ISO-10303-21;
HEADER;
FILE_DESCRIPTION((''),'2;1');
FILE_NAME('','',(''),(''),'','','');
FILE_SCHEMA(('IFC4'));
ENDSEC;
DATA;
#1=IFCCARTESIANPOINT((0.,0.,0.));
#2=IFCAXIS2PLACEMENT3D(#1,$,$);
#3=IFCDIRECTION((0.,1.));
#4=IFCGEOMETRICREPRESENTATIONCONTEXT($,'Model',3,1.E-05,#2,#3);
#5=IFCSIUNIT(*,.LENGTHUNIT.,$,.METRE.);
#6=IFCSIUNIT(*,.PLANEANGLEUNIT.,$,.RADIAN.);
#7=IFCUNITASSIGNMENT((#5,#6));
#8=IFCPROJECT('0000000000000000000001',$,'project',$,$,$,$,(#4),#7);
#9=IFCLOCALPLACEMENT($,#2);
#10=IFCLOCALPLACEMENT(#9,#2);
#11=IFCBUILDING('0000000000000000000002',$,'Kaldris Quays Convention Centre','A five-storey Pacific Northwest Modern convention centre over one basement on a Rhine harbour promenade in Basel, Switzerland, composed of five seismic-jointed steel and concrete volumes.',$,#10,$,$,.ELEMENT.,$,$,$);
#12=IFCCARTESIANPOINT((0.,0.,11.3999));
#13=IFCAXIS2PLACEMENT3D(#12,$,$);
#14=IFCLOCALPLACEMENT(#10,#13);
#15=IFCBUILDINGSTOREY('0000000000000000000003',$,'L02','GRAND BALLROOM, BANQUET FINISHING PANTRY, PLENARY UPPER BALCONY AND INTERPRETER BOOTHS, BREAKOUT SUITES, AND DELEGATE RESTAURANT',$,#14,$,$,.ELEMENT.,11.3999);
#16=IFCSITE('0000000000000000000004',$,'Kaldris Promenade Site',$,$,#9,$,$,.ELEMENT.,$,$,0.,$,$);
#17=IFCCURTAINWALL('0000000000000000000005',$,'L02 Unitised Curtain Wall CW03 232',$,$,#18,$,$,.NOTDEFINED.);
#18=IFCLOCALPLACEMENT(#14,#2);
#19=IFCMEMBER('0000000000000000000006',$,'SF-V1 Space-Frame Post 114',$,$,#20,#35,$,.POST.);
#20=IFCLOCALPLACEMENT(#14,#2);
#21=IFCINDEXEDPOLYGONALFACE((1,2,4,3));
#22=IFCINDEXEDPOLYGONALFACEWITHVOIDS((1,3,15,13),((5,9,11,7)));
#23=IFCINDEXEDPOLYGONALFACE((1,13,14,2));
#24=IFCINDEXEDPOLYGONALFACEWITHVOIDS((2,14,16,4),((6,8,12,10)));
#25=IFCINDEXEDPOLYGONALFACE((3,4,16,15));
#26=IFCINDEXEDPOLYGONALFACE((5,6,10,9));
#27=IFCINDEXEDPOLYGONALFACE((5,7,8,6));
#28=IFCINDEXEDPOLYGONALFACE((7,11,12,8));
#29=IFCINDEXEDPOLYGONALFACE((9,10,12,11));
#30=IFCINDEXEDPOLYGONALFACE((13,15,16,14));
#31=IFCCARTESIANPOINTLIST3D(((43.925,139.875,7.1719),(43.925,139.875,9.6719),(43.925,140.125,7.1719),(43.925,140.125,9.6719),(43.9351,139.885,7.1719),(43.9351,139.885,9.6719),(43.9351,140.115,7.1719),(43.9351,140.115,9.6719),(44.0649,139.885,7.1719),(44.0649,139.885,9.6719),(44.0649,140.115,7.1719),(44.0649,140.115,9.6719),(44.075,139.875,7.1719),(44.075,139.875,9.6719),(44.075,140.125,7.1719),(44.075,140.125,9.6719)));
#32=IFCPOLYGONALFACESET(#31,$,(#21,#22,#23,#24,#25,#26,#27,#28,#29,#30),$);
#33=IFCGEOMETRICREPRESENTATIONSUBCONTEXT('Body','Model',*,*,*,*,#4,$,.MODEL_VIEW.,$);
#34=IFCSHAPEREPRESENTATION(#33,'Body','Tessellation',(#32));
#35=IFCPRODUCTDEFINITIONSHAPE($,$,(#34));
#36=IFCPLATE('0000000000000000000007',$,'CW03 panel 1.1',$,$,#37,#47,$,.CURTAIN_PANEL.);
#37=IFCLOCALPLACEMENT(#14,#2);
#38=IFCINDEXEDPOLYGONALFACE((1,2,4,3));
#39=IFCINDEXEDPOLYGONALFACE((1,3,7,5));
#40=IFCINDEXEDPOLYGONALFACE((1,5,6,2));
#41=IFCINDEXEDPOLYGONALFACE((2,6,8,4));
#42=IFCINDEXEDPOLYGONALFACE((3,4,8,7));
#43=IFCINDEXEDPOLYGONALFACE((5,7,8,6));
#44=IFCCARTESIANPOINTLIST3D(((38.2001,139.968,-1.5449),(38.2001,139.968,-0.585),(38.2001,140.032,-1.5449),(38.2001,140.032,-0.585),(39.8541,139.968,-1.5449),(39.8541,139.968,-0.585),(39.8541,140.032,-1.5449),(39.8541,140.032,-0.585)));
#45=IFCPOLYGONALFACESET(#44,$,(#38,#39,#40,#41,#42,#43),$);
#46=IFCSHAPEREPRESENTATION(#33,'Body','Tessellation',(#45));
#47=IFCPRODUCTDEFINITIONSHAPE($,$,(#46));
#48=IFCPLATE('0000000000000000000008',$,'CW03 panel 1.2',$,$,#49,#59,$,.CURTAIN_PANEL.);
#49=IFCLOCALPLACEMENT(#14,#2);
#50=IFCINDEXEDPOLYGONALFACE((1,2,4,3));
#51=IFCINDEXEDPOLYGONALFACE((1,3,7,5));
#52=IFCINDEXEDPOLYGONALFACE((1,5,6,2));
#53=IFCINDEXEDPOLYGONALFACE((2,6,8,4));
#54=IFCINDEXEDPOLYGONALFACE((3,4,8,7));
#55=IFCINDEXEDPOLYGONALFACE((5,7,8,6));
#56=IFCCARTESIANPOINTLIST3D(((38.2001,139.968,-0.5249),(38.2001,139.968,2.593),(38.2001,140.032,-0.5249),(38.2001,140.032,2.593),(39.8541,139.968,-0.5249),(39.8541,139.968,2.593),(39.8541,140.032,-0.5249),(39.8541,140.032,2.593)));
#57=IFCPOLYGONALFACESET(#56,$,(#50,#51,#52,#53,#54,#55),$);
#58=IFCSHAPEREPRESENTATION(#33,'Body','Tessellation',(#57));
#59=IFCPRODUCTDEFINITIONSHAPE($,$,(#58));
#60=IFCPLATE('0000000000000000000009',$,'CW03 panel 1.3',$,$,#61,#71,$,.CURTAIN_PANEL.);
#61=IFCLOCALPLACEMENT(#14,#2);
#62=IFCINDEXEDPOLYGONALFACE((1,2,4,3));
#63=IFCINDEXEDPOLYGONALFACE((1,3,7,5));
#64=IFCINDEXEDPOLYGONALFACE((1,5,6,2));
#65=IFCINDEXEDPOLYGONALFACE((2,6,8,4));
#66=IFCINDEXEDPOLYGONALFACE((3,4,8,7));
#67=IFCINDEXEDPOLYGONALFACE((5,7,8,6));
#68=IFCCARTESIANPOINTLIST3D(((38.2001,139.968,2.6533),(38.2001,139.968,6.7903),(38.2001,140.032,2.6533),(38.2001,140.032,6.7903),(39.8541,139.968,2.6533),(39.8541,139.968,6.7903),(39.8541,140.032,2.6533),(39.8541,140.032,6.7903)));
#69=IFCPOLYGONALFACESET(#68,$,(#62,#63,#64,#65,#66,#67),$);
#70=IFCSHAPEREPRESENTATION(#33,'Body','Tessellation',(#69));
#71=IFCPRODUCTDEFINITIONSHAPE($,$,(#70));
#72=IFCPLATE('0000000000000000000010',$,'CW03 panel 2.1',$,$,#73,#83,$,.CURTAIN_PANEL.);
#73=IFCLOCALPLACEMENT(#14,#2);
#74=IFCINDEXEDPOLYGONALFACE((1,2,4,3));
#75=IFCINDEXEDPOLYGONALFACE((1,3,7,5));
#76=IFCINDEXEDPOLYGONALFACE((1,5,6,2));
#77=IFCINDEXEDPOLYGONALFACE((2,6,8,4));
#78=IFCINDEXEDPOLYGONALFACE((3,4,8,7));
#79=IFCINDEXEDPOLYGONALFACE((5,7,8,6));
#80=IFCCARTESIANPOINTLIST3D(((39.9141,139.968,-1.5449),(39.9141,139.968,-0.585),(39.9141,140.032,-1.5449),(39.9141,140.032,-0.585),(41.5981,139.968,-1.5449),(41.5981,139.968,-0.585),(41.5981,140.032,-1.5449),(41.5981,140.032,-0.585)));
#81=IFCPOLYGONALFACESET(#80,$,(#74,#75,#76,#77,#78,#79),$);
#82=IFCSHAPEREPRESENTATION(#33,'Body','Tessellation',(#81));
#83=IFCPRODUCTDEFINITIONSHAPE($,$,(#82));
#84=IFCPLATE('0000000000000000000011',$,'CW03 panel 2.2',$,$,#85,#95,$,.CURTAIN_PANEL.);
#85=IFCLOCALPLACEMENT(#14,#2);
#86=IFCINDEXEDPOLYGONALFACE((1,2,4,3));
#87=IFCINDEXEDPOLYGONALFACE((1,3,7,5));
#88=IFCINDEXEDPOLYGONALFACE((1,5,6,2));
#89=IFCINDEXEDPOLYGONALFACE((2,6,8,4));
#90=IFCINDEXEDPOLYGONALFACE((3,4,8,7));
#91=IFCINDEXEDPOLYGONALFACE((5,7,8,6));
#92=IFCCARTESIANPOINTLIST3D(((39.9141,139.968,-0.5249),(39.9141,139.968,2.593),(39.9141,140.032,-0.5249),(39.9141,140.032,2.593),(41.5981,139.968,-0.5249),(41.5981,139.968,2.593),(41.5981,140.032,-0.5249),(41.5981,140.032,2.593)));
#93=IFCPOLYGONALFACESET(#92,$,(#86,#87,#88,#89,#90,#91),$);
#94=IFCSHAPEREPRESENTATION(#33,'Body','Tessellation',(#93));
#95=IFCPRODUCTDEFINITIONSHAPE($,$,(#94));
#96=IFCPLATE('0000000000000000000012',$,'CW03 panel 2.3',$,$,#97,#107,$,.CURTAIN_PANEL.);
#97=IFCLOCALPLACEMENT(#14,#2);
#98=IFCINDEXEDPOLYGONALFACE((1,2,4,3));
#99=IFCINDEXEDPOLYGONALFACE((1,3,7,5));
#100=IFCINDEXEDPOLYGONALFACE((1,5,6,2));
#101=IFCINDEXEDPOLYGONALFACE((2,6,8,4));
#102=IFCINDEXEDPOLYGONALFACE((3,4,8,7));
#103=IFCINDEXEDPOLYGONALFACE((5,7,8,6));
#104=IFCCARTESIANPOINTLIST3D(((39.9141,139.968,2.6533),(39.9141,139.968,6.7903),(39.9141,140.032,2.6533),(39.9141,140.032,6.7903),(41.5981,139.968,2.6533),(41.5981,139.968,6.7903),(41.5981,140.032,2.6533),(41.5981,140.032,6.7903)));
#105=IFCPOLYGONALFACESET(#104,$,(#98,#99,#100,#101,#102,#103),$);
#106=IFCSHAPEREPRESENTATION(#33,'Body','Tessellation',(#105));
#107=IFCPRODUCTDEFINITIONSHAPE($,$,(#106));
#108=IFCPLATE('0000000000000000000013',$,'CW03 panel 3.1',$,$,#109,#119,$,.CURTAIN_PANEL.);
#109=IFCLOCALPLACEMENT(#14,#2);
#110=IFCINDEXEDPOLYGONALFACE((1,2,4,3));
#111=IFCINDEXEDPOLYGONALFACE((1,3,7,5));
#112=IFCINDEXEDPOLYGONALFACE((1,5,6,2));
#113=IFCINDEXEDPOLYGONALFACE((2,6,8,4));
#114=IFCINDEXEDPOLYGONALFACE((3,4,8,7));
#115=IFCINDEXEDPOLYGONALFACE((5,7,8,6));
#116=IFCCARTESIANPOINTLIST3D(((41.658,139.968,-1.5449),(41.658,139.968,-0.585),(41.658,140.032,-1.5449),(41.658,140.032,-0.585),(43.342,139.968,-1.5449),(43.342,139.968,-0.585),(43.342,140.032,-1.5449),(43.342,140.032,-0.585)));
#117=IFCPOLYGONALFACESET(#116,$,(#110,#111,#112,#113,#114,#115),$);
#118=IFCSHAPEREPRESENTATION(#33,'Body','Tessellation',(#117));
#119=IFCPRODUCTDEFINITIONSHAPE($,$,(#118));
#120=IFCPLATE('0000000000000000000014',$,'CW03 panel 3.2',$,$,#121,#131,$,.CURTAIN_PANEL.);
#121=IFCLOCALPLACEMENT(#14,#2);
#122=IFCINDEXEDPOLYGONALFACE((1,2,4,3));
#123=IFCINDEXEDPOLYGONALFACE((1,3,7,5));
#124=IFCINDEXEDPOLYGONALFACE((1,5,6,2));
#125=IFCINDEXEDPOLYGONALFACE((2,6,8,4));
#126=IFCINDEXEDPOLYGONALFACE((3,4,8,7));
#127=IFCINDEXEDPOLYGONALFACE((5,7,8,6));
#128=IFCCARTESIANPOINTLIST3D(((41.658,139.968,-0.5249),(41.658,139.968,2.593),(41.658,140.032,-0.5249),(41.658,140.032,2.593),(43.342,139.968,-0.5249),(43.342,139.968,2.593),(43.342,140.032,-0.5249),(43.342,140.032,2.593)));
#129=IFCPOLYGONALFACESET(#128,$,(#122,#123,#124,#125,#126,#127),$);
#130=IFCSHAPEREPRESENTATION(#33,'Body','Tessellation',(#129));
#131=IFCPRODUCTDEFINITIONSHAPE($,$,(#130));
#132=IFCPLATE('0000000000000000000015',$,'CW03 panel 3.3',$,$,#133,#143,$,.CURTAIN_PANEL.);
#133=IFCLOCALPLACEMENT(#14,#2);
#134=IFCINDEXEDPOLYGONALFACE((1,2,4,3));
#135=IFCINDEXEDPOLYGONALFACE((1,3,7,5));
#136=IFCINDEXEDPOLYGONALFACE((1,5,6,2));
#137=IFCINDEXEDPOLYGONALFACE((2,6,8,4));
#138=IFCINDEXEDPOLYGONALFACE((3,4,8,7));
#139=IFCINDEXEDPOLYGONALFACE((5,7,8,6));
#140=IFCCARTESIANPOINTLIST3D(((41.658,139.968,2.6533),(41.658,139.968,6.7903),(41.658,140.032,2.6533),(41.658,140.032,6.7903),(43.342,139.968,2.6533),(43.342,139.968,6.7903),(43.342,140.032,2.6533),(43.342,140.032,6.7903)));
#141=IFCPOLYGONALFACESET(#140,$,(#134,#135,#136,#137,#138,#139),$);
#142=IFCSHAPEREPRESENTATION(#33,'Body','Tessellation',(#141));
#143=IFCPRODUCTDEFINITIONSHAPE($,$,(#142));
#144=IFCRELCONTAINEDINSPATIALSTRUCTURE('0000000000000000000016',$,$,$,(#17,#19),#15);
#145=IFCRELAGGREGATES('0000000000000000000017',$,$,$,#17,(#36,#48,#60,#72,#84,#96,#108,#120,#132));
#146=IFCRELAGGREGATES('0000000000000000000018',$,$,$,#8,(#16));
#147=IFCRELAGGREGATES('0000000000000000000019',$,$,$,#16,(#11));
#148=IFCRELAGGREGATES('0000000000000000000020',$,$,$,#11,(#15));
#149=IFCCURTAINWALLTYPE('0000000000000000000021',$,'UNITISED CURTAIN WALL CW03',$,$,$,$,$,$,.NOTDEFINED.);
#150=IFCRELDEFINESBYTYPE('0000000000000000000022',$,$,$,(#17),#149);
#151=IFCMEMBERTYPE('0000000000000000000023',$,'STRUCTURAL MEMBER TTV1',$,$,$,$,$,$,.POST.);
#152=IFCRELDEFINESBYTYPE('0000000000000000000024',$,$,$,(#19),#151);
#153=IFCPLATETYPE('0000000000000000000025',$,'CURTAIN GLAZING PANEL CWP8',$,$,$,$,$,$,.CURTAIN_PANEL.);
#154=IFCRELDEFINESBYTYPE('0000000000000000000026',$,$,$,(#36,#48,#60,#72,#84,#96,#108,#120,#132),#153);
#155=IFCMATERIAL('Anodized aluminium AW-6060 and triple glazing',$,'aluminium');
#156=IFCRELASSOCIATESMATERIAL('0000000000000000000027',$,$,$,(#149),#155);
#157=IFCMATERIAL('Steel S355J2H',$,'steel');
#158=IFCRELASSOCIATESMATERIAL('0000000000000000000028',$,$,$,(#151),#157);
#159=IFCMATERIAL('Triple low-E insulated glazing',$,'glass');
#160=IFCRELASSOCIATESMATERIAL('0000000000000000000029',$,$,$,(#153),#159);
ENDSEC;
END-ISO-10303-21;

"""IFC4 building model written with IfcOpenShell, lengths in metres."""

from ifc_helpers import new_model, si_unit, direction, frame, origin, origin_2d, place, context, subcontext, project, spatial, rectangle, hollow_rectangle, extrude, material, material_profile, profile_set, type_object, element, aggregate, save


model = new_model("IFC4")

# Units and contexts
model_context = context("Model", 3, precision=1e-05, world=origin(), true_north=direction((0.0, 1.0)))
body_context = subcontext(model_context, "Body", "Model", "MODEL_VIEW")
ifc_project = project(units=[si_unit("LENGTHUNIT", "METRE"), si_unit("PLANEANGLEUNIT", "RADIAN")], contexts=[model_context])

# Site, building, storey
site_placement = place(None, origin())
site = spatial("IfcSite", under=ifc_project, at=site_placement, Name="Kaldris Promenade Site", CompositionType="ELEMENT", RefElevation=0.0)
building_placement = place(site_placement, origin())
building = spatial("IfcBuilding", under=site, at=building_placement, Name="Kaldris Quays Convention Centre", Description="A five-storey Pacific Northwest Modern convention centre over one basement on a Rhine harbour promenade in Basel, Switzerland, composed of five seismic-jointed steel and concrete volumes.", CompositionType="ELEMENT")
storey_placement = place(building_placement, frame((0.0, 0.0, 11.3999)))
storey = spatial("IfcBuildingStorey", under=building, at=storey_placement, Name="L02", Description="GRAND BALLROOM, BANQUET FINISHING PANTRY, PLENARY UPPER BALCONY AND INTERPRETER BOOTHS, BREAKOUT SUITES, AND DELEGATE RESTAURANT", CompositionType="ELEMENT", Elevation=11.3999)

# Curtain wall
ifc_material_1 = material(Name="Anodized aluminium AW-6060 and triple glazing", Category="aluminium")
curtain_wall_type = type_object("IfcCurtainWallType", Name="UNITISED CURTAIN WALL CW03", PredefinedType="NOTDEFINED", material=ifc_material_1)
curtain_wall_placement = place(storey_placement, origin())
curtain_wall = element("IfcCurtainWall", 1, at=curtain_wall_placement, inside=storey, type_object=curtain_wall_type, Name="L02 Unitised Curtain Wall CW03 232", PredefinedType="NOTDEFINED")

# Member
ifc_material_2 = material(Name="Steel S355J2H", Category="steel")
ifc_material_profile_1 = material_profile(ifc_material_2, hollow_rectangle(XDim=0.1499, YDim=0.25, WallThickness=0.01, at=origin_2d()), Name="RHS 250x150x10")
ifc_profile_set_1 = profile_set([ifc_material_profile_1], Name="Steel S355J2H")
member_type_1 = type_object("IfcMemberType", Name="STRUCTURAL MEMBER TTV1", PredefinedType="POST", material=ifc_profile_set_1)
for number, where, z_axis, x_axis, name in (
    (2, (44.0, 140.0, 7.1719), (0.0, 0.0, 1.0), (1.0, 0.0, 0.0), "SF-V1 Space-Frame Post 114"),
):
    element("IfcMember", number, at=place(storey_placement, frame(where, z_axis=z_axis, x_axis=x_axis)), inside=storey, type_object=member_type_1, Name=name, PredefinedType="POST", context=body_context, shape_type="SweptSolid", body=[
        extrude(hollow_rectangle(XDim=0.1499, YDim=0.25, WallThickness=0.01, at=origin_2d()), origin(), (0.0, 0.0, 1.0), 2.5),
    ])

# Plates
ifc_material_3 = material(Name="Triple low-E insulated glazing", Category="glass")
plate_type = type_object("IfcPlateType", Name="CURTAIN GLAZING PANEL CWP8", PredefinedType="CURTAIN_PANEL", material=ifc_material_3)
plate_1_placement = place(storey_placement, frame((39.0271, 140.0, -1.5449), z_axis=(0.0, 0.0, 1.0), x_axis=(1.0, 0.0, 0.0)))
plate_1 = element("IfcPlate", 3, at=plate_1_placement, type_object=plate_type, Name="CW03 panel 1.1", PredefinedType="CURTAIN_PANEL", context=body_context, shape_type="SweptSolid", body=[
    extrude(rectangle(XDim=1.6541, YDim=0.064, at=origin_2d()), origin(), (0.0, 0.0, 1.0), 0.96),
])
plate_2_placement = place(storey_placement, frame((39.0271, 140.0, -0.5249), z_axis=(0.0, 0.0, 1.0), x_axis=(1.0, 0.0, 0.0)))
plate_2 = element("IfcPlate", 4, at=plate_2_placement, type_object=plate_type, Name="CW03 panel 1.2", PredefinedType="CURTAIN_PANEL", context=body_context, shape_type="SweptSolid", body=[
    extrude(rectangle(XDim=1.6541, YDim=0.064, at=origin_2d()), origin(), (0.0, 0.0, 1.0), 3.1179),
])
plate_3_placement = place(storey_placement, frame((39.0271, 140.0, 2.6533), z_axis=(0.0, 0.0, 1.0), x_axis=(1.0, 0.0, 0.0)))
plate_3 = element("IfcPlate", 5, at=plate_3_placement, type_object=plate_type, Name="CW03 panel 1.3", PredefinedType="CURTAIN_PANEL", context=body_context, shape_type="SweptSolid", body=[
    extrude(rectangle(XDim=1.6541, YDim=0.064, at=origin_2d()), origin(), (0.0, 0.0, 1.0), 4.137),
])
plate_4_placement = place(storey_placement, frame((40.7561, 140.0, -1.5449), z_axis=(0.0, 0.0, 1.0), x_axis=(1.0, 0.0, 0.0)))
plate_4 = element("IfcPlate", 6, at=plate_4_placement, type_object=plate_type, Name="CW03 panel 2.1", PredefinedType="CURTAIN_PANEL", context=body_context, shape_type="SweptSolid", body=[
    extrude(rectangle(XDim=1.6841, YDim=0.064, at=origin_2d()), origin(), (0.0, 0.0, 1.0), 0.96),
])
plate_5_placement = place(storey_placement, frame((40.7561, 140.0, -0.5249), z_axis=(0.0, 0.0, 1.0), x_axis=(1.0, 0.0, 0.0)))
plate_5 = element("IfcPlate", 7, at=plate_5_placement, type_object=plate_type, Name="CW03 panel 2.2", PredefinedType="CURTAIN_PANEL", context=body_context, shape_type="SweptSolid", body=[
    extrude(rectangle(XDim=1.6841, YDim=0.064, at=origin_2d()), origin(), (0.0, 0.0, 1.0), 3.1179),
])
plate_6_placement = place(storey_placement, frame((40.7561, 140.0, 2.6533), z_axis=(0.0, 0.0, 1.0), x_axis=(1.0, 0.0, 0.0)))
plate_6 = element("IfcPlate", 8, at=plate_6_placement, type_object=plate_type, Name="CW03 panel 2.3", PredefinedType="CURTAIN_PANEL", context=body_context, shape_type="SweptSolid", body=[
    extrude(rectangle(XDim=1.6841, YDim=0.064, at=origin_2d()), origin(), (0.0, 0.0, 1.0), 4.137),
])
plate_7_placement = place(storey_placement, frame((42.5, 140.0, -1.5449), z_axis=(0.0, 0.0, 1.0), x_axis=(1.0, 0.0, 0.0)))
plate_7 = element("IfcPlate", 9, at=plate_7_placement, type_object=plate_type, Name="CW03 panel 3.1", PredefinedType="CURTAIN_PANEL", context=body_context, shape_type="SweptSolid", body=[
    extrude(rectangle(XDim=1.6841, YDim=0.064, at=origin_2d()), origin(), (0.0, 0.0, 1.0), 0.96),
])
plate_8_placement = place(storey_placement, frame((42.5, 140.0, -0.5249), z_axis=(0.0, 0.0, 1.0), x_axis=(1.0, 0.0, 0.0)))
plate_8 = element("IfcPlate", 10, at=plate_8_placement, type_object=plate_type, Name="CW03 panel 3.2", PredefinedType="CURTAIN_PANEL", context=body_context, shape_type="SweptSolid", body=[
    extrude(rectangle(XDim=1.6841, YDim=0.064, at=origin_2d()), origin(), (0.0, 0.0, 1.0), 3.1179),
])
plate_9_placement = place(storey_placement, frame((42.5, 140.0, 2.6533), z_axis=(0.0, 0.0, 1.0), x_axis=(1.0, 0.0, 0.0)))
plate_9 = element("IfcPlate", 11, at=plate_9_placement, type_object=plate_type, Name="CW03 panel 3.3", PredefinedType="CURTAIN_PANEL", context=body_context, shape_type="SweptSolid", body=[
    extrude(rectangle(XDim=1.6841, YDim=0.064, at=origin_2d()), origin(), (0.0, 0.0, 1.0), 4.137),
])
aggregate(curtain_wall, [plate_1, plate_2, plate_3, plate_4, plate_5, plate_6, plate_7, plate_8, plate_9])

save(model, "model.ifc")
